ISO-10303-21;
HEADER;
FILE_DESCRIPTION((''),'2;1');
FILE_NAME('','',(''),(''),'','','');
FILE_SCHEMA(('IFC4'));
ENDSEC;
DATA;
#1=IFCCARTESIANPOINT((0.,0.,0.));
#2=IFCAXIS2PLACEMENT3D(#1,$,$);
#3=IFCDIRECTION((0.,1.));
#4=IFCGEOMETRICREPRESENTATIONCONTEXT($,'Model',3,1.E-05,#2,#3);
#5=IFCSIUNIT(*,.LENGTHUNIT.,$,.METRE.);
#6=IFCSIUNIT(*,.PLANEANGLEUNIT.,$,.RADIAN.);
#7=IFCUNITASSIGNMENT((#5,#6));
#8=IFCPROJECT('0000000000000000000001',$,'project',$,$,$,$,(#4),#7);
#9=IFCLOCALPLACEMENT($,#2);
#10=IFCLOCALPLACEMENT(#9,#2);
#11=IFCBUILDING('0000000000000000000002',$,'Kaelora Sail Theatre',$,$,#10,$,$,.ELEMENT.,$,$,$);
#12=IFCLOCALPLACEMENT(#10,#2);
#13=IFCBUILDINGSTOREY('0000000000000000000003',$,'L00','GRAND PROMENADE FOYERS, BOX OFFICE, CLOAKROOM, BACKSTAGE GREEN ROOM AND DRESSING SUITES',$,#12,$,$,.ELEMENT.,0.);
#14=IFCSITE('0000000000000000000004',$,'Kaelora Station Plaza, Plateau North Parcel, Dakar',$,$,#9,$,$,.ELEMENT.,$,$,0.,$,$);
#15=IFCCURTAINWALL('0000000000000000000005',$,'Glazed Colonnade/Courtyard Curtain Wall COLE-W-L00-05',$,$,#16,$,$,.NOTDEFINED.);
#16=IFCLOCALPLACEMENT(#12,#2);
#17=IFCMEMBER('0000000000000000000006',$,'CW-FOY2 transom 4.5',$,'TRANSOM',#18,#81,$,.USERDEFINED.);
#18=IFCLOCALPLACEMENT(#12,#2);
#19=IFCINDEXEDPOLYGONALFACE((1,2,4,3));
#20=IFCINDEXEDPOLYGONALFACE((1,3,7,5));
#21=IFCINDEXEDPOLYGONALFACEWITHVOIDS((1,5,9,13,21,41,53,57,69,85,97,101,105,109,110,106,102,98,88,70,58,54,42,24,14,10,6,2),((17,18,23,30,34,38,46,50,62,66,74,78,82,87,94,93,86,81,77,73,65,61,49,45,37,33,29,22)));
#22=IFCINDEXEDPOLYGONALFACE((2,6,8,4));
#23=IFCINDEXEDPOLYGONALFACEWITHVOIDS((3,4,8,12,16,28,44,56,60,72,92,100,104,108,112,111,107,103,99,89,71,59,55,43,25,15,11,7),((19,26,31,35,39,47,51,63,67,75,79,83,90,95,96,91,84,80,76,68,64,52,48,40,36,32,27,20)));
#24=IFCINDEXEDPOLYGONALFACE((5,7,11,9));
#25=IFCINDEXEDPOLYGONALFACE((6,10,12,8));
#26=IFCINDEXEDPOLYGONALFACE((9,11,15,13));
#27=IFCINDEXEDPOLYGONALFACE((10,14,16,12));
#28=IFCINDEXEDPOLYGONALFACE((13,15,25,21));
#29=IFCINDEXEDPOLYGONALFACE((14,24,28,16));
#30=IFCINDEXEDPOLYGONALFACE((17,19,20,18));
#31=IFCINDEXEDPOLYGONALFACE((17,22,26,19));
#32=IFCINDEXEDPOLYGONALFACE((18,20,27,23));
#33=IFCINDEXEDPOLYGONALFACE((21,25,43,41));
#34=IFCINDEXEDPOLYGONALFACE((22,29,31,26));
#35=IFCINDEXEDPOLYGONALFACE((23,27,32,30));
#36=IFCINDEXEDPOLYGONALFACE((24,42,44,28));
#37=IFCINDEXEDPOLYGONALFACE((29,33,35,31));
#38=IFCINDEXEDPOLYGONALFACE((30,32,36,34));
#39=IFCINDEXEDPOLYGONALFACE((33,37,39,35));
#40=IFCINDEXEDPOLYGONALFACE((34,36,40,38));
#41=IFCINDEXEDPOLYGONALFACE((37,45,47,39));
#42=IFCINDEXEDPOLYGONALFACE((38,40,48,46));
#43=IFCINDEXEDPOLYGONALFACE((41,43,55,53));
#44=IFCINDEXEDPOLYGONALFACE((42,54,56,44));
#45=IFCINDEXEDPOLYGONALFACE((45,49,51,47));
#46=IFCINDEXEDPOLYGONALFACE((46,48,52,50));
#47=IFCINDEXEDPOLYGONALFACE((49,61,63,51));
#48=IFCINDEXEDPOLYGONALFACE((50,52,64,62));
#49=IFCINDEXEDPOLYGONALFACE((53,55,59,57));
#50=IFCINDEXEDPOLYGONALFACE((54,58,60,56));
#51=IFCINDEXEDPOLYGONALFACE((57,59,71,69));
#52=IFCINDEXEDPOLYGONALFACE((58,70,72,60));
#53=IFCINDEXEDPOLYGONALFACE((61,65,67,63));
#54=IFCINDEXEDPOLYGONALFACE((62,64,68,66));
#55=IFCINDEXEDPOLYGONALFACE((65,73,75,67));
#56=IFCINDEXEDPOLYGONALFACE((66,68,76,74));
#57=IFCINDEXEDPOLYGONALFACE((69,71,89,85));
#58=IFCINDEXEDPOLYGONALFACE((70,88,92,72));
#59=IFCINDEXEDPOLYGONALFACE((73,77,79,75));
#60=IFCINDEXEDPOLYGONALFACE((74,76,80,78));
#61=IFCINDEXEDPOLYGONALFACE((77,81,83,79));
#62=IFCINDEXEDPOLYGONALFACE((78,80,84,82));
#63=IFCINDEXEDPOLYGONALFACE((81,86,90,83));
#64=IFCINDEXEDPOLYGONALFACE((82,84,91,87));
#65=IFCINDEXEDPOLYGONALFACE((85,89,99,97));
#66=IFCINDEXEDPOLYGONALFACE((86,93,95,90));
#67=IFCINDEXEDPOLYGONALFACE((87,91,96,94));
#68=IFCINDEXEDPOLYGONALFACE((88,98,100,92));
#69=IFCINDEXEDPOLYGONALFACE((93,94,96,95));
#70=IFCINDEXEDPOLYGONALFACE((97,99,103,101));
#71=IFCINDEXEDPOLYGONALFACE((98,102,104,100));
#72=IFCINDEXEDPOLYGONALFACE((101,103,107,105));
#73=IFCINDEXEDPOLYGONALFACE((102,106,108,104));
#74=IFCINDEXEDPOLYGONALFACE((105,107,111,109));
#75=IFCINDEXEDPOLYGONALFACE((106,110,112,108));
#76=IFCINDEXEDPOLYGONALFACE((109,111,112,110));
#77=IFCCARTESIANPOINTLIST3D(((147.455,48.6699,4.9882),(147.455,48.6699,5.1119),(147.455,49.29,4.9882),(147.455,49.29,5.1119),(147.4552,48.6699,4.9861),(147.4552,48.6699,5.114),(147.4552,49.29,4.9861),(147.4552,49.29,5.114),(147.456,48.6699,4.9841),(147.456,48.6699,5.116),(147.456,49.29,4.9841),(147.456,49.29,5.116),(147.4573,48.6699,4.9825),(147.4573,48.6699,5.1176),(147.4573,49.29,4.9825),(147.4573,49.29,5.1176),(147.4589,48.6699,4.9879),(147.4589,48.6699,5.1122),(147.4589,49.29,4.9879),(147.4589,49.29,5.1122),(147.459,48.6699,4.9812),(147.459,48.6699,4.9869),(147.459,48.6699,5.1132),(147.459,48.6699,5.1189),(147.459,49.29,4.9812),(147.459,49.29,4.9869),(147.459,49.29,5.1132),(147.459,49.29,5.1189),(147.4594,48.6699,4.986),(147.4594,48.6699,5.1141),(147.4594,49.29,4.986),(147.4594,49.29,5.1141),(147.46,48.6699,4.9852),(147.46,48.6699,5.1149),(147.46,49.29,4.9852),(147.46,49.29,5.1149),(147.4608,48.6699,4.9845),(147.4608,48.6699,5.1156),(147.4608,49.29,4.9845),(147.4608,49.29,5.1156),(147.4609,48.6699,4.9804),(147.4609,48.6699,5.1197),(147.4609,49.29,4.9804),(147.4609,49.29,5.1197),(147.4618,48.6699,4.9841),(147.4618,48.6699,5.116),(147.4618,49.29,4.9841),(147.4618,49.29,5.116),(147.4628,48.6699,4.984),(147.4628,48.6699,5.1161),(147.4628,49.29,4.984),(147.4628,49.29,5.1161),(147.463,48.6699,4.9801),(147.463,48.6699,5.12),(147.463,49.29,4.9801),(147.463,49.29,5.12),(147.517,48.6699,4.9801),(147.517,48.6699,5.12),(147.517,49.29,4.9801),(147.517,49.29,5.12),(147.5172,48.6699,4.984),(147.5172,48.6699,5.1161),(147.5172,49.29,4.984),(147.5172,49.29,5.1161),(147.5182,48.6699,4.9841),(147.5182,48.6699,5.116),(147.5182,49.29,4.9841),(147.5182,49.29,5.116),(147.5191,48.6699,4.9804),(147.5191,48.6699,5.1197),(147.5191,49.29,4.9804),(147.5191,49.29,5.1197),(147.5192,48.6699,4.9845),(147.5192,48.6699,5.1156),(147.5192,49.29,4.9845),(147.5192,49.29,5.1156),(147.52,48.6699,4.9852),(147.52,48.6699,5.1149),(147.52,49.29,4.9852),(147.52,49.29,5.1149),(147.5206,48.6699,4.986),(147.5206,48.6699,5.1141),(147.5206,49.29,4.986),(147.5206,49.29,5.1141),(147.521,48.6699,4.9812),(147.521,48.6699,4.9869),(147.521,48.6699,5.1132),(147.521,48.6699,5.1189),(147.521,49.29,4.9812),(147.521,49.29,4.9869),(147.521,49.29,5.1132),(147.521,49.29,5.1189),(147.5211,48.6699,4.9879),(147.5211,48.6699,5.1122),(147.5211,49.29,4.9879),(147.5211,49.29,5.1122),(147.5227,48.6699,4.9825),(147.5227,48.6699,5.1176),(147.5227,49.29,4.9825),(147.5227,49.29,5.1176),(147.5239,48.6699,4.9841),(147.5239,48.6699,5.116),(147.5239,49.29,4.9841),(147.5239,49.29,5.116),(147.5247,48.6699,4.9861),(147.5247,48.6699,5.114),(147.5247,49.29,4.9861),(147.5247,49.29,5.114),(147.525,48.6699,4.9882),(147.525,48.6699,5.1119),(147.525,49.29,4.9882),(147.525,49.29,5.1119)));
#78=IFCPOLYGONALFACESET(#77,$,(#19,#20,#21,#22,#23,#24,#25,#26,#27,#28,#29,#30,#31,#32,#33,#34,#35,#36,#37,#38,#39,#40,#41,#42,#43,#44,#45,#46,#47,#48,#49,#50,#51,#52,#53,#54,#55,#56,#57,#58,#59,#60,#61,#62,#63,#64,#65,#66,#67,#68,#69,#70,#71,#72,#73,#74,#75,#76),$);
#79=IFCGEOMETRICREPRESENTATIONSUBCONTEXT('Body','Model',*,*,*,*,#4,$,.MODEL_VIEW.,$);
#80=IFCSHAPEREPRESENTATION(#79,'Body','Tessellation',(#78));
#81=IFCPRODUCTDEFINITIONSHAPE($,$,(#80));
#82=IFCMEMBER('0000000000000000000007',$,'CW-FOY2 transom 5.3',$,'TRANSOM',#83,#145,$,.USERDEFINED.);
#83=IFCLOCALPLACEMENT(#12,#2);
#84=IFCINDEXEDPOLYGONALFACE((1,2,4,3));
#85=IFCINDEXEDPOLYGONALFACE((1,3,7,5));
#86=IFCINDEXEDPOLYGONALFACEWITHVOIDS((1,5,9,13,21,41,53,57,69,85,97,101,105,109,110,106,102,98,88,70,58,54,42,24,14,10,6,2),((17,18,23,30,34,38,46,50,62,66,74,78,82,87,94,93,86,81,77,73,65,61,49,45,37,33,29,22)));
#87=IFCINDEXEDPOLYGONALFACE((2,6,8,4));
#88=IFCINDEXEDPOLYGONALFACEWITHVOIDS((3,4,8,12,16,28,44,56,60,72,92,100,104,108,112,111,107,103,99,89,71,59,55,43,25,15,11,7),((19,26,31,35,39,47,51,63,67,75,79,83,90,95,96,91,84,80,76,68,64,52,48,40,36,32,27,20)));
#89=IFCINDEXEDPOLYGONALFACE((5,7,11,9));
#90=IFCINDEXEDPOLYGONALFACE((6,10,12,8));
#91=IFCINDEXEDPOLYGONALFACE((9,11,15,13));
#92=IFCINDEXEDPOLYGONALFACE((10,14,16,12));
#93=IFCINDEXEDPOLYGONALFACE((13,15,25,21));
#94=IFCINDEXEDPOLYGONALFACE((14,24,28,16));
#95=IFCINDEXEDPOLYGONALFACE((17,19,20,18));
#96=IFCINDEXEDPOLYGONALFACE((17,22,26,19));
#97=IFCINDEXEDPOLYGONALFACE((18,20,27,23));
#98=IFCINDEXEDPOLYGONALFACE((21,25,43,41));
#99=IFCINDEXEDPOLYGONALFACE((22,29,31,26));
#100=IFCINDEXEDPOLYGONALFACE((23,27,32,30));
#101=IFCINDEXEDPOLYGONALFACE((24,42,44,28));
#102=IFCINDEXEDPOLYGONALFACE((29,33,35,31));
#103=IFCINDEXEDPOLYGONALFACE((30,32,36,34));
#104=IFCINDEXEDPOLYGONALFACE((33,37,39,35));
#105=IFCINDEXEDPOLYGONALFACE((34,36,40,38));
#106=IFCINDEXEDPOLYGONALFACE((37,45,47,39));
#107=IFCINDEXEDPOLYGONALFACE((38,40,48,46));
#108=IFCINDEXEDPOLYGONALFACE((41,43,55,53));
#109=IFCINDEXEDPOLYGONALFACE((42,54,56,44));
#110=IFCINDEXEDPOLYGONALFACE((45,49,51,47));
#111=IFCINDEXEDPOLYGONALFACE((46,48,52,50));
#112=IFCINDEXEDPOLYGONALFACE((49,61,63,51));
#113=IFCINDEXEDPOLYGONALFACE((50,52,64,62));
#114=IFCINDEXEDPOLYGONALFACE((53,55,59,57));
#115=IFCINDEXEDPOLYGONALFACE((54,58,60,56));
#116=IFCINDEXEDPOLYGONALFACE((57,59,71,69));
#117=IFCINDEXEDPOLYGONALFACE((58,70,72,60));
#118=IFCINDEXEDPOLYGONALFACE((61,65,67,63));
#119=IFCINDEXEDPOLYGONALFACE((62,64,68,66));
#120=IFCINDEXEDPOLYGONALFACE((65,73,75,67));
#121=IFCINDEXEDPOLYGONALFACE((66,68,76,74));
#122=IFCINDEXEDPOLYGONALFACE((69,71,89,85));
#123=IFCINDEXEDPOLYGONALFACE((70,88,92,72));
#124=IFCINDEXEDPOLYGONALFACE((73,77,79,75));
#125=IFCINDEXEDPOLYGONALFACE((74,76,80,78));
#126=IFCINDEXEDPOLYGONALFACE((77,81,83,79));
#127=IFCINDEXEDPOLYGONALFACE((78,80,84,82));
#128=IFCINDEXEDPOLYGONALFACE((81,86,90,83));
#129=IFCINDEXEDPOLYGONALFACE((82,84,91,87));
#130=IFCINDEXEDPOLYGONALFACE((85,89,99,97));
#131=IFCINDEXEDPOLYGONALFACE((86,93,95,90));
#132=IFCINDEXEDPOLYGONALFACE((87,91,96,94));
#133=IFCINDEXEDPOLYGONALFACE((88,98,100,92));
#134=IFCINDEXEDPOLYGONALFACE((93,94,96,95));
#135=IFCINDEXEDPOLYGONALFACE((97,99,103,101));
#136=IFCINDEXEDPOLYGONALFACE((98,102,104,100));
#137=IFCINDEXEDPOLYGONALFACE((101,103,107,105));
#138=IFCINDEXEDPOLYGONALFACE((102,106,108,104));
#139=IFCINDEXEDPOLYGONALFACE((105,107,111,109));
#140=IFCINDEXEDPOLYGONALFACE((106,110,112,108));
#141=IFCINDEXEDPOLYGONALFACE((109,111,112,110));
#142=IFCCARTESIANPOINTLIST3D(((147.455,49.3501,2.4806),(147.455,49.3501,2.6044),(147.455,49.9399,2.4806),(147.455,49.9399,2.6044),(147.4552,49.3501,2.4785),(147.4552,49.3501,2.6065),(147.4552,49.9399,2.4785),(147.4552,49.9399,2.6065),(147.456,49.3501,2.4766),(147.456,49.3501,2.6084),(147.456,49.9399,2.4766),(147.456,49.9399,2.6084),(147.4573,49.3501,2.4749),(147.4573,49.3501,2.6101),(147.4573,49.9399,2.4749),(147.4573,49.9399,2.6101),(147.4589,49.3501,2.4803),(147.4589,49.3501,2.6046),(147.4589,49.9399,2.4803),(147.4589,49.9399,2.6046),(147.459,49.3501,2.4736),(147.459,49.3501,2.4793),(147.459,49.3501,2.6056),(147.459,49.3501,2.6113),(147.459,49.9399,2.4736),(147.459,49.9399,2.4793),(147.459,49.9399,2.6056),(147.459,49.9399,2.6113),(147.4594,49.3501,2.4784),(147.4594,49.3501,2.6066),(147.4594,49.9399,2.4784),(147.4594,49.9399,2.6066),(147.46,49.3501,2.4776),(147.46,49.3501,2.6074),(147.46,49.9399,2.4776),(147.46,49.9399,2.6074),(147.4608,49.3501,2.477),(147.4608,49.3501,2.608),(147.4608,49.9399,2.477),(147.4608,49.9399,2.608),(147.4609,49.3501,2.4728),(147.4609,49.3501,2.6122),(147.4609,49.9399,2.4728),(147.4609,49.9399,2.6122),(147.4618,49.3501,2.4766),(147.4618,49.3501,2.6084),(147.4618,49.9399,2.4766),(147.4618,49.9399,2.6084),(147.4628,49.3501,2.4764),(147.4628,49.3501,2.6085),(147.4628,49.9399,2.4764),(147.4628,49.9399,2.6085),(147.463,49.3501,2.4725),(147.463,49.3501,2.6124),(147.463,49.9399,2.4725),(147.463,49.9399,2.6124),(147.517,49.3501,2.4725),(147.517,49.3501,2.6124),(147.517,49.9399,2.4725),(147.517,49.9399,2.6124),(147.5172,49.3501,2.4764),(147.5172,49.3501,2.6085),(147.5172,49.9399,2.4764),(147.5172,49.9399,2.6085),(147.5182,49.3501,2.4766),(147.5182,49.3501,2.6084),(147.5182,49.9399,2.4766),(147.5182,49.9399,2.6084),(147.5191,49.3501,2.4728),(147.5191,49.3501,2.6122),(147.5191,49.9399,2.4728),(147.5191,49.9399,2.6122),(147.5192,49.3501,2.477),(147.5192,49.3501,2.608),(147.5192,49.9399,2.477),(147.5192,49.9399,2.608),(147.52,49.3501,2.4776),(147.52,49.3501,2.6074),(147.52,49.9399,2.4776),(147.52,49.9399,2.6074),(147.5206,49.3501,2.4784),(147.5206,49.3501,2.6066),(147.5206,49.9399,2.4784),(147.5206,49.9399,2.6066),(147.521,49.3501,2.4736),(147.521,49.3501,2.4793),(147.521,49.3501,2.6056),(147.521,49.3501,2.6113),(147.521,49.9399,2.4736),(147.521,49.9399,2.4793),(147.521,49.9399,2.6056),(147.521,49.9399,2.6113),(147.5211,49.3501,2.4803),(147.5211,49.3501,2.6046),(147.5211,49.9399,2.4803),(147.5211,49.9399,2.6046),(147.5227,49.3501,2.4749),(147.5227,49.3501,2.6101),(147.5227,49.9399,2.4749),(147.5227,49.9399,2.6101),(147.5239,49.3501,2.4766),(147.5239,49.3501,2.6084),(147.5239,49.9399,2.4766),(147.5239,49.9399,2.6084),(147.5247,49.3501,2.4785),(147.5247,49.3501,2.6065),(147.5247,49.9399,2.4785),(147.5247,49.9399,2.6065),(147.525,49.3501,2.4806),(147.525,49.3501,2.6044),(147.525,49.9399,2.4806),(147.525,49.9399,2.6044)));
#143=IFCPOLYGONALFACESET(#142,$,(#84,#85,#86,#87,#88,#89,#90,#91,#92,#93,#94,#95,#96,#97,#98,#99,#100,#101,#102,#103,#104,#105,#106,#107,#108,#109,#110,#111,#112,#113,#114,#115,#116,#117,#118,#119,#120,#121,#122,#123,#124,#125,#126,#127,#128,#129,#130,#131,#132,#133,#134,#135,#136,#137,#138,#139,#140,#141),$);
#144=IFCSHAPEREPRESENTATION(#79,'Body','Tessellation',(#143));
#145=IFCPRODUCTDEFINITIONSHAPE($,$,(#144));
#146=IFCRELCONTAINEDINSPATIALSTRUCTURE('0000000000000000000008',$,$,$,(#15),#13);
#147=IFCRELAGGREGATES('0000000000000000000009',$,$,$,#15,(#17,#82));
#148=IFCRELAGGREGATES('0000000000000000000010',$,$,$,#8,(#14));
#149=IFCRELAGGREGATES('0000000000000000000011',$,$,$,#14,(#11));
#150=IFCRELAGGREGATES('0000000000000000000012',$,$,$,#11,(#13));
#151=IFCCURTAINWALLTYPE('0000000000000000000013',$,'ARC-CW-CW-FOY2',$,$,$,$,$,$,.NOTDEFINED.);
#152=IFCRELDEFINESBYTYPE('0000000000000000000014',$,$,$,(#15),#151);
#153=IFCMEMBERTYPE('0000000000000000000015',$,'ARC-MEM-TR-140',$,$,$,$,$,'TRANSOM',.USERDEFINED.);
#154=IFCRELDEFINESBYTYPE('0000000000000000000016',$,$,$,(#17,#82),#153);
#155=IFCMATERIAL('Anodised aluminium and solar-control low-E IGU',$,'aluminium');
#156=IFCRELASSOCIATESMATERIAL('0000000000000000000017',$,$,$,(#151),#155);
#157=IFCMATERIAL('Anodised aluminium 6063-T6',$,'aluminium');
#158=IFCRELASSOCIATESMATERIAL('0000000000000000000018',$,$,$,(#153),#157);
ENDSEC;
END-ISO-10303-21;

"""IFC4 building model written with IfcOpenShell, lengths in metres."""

from ifc_helpers import new_model, si_unit, direction, frame, origin, origin_2d, place, context, subcontext, project, spatial, hollow_rectangle, extrude, material, material_profile, profile_set, type_object, element, aggregate, save


model = new_model("IFC4")

# Units and contexts
model_context = context("Model", 3, precision=1e-05, world=origin(), true_north=direction((0.0, 1.0)))
body_context = subcontext(model_context, "Body", "Model", "MODEL_VIEW")
ifc_project = project(units=[si_unit("LENGTHUNIT", "METRE"), si_unit("PLANEANGLEUNIT", "RADIAN")], contexts=[model_context])

# Site, building, storey
site_placement = place(None, origin())
site = spatial("IfcSite", under=ifc_project, at=site_placement, Name="Kaelora Station Plaza, Plateau North Parcel, Dakar", CompositionType="ELEMENT", RefElevation=0.0)
building_placement = place(site_placement, origin())
building = spatial("IfcBuilding", under=site, at=building_placement, Name="Kaelora Sail Theatre", CompositionType="ELEMENT")
storey_placement = place(building_placement, origin())
storey = spatial("IfcBuildingStorey", under=building, at=storey_placement, Name="L00", Description="GRAND PROMENADE FOYERS, BOX OFFICE, CLOAKROOM, BACKSTAGE GREEN ROOM AND DRESSING SUITES", CompositionType="ELEMENT", Elevation=0.0)

# Curtain wall, members
ifc_material_1 = material(Name="Anodised aluminium and solar-control low-E IGU", Category="aluminium")
curtain_wall_type = type_object("IfcCurtainWallType", Name="ARC-CW-CW-FOY2", PredefinedType="NOTDEFINED", material=ifc_material_1)
curtain_wall_1_placement = place(storey_placement, origin())
curtain_wall_1 = element("IfcCurtainWall", 1, at=curtain_wall_1_placement, inside=storey, type_object=curtain_wall_type, Name="Glazed Colonnade/Courtyard Curtain Wall COLE-W-L00-05", PredefinedType="NOTDEFINED")
ifc_material_2 = material(Name="Anodised aluminium 6063-T6", Category="aluminium")
ifc_material_profile = material_profile(ifc_material_2, hollow_rectangle(XDim=0.0701, YDim=0.1399, WallThickness=0.0039, InnerFilletRadius=0.0039, OuterFilletRadius=0.0081, at=origin_2d()), Name="ALU-TRAN 70x140x4")
ifc_profile_set = profile_set([ifc_material_profile], Name="Anodised aluminium 6063-T6")
member_type = type_object("IfcMemberType", Name="ARC-MEM-TR-140", ElementType="TRANSOM", PredefinedType="USERDEFINED", material=ifc_profile_set)
member_1_placement = place(storey_placement, frame((147.49, 48.6699, 5.05), z_axis=(0.0, 1.0, 0.0), x_axis=(-1.0, 0.0, 0.0)))
member_1 = element("IfcMember", 2, at=member_1_placement, type_object=member_type, Name="CW-FOY2 transom 4.5", ObjectType="TRANSOM", PredefinedType="USERDEFINED", context=body_context, shape_type="SweptSolid", body=[
    extrude(hollow_rectangle(XDim=0.0701, YDim=0.1399, WallThickness=0.0039, InnerFilletRadius=0.0039, OuterFilletRadius=0.0081, at=origin_2d()), origin(), (0.0, 0.0, 1.0), 0.6201),
])
member_2_placement = place(storey_placement, frame((147.49, 49.3501, 2.5425), z_axis=(0.0, 1.0, 0.0), x_axis=(-1.0, 0.0, 0.0)))
member_2 = element("IfcMember", 3, at=member_2_placement, type_object=member_type, Name="CW-FOY2 transom 5.3", ObjectType="TRANSOM", PredefinedType="USERDEFINED", context=body_context, shape_type="SweptSolid", body=[
    extrude(hollow_rectangle(XDim=0.0701, YDim=0.1399, WallThickness=0.0039, InnerFilletRadius=0.0039, OuterFilletRadius=0.0081, at=origin_2d()), origin(), (0.0, 0.0, 1.0), 0.5898),
])

aggregate(curtain_wall_1, [member_1, member_2])

save(model, "model.ifc")
